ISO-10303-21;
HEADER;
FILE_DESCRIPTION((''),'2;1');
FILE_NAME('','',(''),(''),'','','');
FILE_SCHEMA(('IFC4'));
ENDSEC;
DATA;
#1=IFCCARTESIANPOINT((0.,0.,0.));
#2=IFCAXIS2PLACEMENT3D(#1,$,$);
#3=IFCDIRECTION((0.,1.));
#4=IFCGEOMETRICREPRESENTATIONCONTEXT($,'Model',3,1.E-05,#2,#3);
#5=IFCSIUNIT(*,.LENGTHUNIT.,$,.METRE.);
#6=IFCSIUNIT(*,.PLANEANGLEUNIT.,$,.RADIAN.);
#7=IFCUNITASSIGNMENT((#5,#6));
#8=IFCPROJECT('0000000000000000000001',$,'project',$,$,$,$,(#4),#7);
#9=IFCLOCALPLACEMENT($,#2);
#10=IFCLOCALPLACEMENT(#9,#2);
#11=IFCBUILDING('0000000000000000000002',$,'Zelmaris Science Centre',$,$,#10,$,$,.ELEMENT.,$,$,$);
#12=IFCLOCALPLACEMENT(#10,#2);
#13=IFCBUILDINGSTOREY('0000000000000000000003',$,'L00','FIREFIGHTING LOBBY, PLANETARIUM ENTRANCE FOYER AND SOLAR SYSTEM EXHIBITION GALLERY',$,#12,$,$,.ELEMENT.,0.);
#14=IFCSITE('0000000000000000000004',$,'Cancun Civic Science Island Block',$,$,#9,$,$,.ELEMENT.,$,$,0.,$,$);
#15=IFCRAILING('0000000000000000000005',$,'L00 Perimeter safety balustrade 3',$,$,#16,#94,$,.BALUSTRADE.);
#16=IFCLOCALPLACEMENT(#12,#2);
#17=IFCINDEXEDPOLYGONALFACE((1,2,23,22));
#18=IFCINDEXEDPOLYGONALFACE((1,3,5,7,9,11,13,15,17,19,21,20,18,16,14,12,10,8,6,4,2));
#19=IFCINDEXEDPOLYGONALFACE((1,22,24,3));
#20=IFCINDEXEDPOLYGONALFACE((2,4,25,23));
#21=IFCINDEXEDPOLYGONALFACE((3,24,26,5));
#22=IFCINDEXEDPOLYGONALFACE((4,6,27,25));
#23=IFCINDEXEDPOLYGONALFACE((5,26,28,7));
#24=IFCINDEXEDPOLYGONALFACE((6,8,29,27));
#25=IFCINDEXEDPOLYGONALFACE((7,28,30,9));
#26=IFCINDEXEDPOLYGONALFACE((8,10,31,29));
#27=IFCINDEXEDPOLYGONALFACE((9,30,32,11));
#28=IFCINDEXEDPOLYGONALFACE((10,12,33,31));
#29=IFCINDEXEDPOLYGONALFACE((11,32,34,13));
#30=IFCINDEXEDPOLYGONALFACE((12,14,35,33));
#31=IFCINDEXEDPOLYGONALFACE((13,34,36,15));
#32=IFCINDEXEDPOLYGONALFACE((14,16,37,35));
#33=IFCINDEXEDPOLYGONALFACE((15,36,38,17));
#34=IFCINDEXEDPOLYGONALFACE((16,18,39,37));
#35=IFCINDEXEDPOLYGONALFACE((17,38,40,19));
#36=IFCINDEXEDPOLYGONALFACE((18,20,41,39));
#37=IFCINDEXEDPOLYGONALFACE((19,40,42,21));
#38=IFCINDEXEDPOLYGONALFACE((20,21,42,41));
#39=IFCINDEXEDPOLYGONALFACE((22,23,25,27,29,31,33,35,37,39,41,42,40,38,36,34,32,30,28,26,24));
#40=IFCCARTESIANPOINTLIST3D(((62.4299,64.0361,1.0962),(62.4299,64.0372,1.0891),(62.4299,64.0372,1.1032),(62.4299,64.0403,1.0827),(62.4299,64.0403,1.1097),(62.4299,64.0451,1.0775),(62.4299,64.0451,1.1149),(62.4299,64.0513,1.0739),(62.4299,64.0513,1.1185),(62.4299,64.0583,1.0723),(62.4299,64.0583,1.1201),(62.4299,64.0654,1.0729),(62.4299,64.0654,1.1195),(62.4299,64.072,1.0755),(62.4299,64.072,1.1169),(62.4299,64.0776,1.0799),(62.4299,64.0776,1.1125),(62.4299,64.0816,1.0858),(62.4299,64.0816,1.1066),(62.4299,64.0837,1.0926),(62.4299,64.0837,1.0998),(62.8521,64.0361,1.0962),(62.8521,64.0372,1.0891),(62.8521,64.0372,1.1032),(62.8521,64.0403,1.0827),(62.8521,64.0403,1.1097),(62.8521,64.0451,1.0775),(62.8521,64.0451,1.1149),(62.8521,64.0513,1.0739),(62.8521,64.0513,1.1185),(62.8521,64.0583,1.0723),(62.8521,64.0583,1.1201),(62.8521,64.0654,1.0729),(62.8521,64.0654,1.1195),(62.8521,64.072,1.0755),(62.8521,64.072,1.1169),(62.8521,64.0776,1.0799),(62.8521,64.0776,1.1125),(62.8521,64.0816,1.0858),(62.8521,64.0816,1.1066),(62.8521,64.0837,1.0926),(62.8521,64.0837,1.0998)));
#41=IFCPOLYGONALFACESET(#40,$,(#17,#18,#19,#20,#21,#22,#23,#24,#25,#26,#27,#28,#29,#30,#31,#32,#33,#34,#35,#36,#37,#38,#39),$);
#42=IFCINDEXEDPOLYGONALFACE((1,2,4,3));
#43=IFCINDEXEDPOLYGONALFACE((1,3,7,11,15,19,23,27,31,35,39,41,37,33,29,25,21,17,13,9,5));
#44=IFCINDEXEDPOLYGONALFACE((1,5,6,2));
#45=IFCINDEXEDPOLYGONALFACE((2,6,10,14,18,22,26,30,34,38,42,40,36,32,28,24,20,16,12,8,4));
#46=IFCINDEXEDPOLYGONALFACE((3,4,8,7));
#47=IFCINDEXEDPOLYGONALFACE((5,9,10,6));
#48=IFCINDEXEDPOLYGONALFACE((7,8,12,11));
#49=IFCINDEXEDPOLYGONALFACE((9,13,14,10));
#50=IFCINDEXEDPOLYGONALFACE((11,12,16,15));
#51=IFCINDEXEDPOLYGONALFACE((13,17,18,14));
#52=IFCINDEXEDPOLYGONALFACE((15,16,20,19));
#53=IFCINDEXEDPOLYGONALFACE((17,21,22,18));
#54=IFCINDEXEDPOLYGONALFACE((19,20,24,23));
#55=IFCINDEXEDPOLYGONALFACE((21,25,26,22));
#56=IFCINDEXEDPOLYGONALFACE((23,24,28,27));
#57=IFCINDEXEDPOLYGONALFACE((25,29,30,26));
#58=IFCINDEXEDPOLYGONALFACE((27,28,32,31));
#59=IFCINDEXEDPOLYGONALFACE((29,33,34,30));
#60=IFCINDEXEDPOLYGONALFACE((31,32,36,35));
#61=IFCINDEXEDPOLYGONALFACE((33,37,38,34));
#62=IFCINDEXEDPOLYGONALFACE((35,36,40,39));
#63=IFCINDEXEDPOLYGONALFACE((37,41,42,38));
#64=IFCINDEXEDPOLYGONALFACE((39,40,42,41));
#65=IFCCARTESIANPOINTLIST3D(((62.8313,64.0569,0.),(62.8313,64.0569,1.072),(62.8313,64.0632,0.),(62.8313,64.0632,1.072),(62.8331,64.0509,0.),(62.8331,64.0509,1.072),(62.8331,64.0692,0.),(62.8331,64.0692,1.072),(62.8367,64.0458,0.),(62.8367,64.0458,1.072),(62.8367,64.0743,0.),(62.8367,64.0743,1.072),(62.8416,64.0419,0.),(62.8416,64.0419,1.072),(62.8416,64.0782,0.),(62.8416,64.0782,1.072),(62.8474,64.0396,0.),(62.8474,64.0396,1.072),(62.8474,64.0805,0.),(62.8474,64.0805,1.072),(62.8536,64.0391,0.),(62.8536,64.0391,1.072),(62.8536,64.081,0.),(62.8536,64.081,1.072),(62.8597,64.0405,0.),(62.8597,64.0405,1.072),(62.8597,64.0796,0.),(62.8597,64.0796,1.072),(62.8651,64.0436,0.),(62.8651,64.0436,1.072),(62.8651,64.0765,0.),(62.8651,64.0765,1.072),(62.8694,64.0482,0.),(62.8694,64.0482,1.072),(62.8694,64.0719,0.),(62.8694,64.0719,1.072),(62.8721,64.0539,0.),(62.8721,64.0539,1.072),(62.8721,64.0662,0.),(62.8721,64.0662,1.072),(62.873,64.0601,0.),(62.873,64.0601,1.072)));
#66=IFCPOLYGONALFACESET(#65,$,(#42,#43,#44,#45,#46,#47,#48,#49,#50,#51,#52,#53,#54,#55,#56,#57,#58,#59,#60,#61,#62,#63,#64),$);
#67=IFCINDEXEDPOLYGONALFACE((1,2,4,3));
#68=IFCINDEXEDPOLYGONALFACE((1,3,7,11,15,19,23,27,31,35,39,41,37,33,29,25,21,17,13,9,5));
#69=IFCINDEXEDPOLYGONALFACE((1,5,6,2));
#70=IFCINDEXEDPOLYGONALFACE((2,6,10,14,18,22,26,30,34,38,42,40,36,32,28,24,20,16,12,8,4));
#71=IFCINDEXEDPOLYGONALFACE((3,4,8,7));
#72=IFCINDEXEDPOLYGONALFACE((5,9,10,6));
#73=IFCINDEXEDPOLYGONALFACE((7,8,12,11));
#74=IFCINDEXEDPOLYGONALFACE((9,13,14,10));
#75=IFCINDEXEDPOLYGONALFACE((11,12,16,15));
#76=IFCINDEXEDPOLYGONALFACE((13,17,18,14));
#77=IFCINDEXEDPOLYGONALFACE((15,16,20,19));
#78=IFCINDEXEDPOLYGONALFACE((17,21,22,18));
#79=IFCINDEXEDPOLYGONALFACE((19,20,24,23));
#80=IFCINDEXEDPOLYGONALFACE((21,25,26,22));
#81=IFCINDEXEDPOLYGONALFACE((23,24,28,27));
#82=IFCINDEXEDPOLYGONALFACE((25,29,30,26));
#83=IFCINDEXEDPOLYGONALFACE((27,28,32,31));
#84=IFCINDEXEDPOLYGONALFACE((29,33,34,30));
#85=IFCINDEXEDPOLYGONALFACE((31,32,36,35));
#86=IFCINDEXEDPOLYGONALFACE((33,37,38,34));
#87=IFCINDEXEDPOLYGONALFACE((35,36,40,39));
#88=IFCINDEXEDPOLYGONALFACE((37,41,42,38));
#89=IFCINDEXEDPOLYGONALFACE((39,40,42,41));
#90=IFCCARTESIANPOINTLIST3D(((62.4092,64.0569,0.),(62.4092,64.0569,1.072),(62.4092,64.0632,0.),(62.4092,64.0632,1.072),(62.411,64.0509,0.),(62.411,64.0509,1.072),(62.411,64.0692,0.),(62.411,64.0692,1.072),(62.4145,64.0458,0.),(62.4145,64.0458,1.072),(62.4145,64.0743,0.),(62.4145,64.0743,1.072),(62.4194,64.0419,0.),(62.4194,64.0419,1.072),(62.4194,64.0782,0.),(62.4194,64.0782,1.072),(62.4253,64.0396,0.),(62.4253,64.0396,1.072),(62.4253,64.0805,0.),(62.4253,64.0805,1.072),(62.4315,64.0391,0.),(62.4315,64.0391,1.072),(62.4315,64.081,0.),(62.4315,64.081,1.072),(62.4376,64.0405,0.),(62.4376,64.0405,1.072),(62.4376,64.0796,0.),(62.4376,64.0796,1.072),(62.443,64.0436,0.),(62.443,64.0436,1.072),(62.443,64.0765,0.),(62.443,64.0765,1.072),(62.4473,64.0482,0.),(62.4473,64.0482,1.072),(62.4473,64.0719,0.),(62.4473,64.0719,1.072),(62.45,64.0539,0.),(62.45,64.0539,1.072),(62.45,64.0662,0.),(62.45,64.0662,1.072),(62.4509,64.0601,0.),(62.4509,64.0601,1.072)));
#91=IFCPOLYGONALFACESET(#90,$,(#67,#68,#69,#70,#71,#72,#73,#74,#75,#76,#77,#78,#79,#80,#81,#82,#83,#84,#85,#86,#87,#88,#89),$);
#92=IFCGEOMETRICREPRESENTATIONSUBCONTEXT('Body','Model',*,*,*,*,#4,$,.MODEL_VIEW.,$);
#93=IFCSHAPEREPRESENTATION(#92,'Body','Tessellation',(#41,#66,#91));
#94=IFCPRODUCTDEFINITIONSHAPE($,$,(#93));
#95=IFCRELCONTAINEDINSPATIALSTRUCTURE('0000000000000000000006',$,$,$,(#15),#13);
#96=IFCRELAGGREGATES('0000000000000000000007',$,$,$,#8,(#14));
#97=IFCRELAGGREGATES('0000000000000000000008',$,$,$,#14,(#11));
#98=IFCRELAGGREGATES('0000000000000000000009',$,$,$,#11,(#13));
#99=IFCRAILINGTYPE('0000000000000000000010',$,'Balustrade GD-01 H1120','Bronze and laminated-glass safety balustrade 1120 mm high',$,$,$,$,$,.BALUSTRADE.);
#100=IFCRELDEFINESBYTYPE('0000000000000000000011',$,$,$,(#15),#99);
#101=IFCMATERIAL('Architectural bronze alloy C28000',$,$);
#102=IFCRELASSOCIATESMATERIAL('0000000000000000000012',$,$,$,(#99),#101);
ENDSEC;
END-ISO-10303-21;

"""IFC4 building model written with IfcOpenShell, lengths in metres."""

from ifc_helpers import new_model, si_unit, direction, frame, origin, origin_2d, place, context, subcontext, project, spatial, circle, extrude, material, type_object, element, save


model = new_model("IFC4")

# Units and contexts
model_context = context("Model", 3, precision=1e-05, world=origin(), true_north=direction((0.0, 1.0)))
body_context = subcontext(model_context, "Body", "Model", "MODEL_VIEW")
ifc_project = project(units=[si_unit("LENGTHUNIT", "METRE"), si_unit("PLANEANGLEUNIT", "RADIAN")], contexts=[model_context])

# Site, building, storey
site_placement = place(None, origin())
site = spatial("IfcSite", under=ifc_project, at=site_placement, Name="Cancun Civic Science Island Block", CompositionType="ELEMENT", RefElevation=0.0)
building_placement = place(site_placement, origin())
building = spatial("IfcBuilding", under=site, at=building_placement, Name="Zelmaris Science Centre", CompositionType="ELEMENT")
storey_placement = place(building_placement, origin())
storey = spatial("IfcBuildingStorey", under=building, at=storey_placement, Name="L00", Description="FIREFIGHTING LOBBY, PLANETARIUM ENTRANCE FOYER AND SOLAR SYSTEM EXHIBITION GALLERY", CompositionType="ELEMENT", Elevation=0.0)

# Railing
ifc_material_1 = material(Name="Architectural bronze alloy C28000")
railing_type = type_object("IfcRailingType", Name="Balustrade GD-01 H1120", Description="Bronze and laminated-glass safety balustrade 1120 mm high", PredefinedType="BALUSTRADE", material=ifc_material_1)
railing_1_placement = place(storey_placement, frame((62.8521, 64.0601, 0.0)))
element("IfcRailing", 1, at=railing_1_placement, inside=storey, type_object=railing_type, Name="L00 Perimeter safety balustrade 3", PredefinedType="BALUSTRADE", context=body_context, shape_type="SweptSolid", body=[
    extrude(circle(Radius=0.0239, at=origin_2d()), frame((0.0, 0.0, 1.0962), z_axis=(-1.0, 0.0, 0.0), x_axis=(0.0, -1.0, 0.0)), (0.0, 0.0, 1.0), 0.4221),
    extrude(circle(Radius=0.021, at=origin_2d()), origin(), (0.0, 0.0, 1.0), 1.072),
    extrude(circle(Radius=0.021, at=origin_2d()), frame((-0.4221, 0.0, 0.0)), (0.0, 0.0, 1.0), 1.072),
])

save(model, "model.ifc")
